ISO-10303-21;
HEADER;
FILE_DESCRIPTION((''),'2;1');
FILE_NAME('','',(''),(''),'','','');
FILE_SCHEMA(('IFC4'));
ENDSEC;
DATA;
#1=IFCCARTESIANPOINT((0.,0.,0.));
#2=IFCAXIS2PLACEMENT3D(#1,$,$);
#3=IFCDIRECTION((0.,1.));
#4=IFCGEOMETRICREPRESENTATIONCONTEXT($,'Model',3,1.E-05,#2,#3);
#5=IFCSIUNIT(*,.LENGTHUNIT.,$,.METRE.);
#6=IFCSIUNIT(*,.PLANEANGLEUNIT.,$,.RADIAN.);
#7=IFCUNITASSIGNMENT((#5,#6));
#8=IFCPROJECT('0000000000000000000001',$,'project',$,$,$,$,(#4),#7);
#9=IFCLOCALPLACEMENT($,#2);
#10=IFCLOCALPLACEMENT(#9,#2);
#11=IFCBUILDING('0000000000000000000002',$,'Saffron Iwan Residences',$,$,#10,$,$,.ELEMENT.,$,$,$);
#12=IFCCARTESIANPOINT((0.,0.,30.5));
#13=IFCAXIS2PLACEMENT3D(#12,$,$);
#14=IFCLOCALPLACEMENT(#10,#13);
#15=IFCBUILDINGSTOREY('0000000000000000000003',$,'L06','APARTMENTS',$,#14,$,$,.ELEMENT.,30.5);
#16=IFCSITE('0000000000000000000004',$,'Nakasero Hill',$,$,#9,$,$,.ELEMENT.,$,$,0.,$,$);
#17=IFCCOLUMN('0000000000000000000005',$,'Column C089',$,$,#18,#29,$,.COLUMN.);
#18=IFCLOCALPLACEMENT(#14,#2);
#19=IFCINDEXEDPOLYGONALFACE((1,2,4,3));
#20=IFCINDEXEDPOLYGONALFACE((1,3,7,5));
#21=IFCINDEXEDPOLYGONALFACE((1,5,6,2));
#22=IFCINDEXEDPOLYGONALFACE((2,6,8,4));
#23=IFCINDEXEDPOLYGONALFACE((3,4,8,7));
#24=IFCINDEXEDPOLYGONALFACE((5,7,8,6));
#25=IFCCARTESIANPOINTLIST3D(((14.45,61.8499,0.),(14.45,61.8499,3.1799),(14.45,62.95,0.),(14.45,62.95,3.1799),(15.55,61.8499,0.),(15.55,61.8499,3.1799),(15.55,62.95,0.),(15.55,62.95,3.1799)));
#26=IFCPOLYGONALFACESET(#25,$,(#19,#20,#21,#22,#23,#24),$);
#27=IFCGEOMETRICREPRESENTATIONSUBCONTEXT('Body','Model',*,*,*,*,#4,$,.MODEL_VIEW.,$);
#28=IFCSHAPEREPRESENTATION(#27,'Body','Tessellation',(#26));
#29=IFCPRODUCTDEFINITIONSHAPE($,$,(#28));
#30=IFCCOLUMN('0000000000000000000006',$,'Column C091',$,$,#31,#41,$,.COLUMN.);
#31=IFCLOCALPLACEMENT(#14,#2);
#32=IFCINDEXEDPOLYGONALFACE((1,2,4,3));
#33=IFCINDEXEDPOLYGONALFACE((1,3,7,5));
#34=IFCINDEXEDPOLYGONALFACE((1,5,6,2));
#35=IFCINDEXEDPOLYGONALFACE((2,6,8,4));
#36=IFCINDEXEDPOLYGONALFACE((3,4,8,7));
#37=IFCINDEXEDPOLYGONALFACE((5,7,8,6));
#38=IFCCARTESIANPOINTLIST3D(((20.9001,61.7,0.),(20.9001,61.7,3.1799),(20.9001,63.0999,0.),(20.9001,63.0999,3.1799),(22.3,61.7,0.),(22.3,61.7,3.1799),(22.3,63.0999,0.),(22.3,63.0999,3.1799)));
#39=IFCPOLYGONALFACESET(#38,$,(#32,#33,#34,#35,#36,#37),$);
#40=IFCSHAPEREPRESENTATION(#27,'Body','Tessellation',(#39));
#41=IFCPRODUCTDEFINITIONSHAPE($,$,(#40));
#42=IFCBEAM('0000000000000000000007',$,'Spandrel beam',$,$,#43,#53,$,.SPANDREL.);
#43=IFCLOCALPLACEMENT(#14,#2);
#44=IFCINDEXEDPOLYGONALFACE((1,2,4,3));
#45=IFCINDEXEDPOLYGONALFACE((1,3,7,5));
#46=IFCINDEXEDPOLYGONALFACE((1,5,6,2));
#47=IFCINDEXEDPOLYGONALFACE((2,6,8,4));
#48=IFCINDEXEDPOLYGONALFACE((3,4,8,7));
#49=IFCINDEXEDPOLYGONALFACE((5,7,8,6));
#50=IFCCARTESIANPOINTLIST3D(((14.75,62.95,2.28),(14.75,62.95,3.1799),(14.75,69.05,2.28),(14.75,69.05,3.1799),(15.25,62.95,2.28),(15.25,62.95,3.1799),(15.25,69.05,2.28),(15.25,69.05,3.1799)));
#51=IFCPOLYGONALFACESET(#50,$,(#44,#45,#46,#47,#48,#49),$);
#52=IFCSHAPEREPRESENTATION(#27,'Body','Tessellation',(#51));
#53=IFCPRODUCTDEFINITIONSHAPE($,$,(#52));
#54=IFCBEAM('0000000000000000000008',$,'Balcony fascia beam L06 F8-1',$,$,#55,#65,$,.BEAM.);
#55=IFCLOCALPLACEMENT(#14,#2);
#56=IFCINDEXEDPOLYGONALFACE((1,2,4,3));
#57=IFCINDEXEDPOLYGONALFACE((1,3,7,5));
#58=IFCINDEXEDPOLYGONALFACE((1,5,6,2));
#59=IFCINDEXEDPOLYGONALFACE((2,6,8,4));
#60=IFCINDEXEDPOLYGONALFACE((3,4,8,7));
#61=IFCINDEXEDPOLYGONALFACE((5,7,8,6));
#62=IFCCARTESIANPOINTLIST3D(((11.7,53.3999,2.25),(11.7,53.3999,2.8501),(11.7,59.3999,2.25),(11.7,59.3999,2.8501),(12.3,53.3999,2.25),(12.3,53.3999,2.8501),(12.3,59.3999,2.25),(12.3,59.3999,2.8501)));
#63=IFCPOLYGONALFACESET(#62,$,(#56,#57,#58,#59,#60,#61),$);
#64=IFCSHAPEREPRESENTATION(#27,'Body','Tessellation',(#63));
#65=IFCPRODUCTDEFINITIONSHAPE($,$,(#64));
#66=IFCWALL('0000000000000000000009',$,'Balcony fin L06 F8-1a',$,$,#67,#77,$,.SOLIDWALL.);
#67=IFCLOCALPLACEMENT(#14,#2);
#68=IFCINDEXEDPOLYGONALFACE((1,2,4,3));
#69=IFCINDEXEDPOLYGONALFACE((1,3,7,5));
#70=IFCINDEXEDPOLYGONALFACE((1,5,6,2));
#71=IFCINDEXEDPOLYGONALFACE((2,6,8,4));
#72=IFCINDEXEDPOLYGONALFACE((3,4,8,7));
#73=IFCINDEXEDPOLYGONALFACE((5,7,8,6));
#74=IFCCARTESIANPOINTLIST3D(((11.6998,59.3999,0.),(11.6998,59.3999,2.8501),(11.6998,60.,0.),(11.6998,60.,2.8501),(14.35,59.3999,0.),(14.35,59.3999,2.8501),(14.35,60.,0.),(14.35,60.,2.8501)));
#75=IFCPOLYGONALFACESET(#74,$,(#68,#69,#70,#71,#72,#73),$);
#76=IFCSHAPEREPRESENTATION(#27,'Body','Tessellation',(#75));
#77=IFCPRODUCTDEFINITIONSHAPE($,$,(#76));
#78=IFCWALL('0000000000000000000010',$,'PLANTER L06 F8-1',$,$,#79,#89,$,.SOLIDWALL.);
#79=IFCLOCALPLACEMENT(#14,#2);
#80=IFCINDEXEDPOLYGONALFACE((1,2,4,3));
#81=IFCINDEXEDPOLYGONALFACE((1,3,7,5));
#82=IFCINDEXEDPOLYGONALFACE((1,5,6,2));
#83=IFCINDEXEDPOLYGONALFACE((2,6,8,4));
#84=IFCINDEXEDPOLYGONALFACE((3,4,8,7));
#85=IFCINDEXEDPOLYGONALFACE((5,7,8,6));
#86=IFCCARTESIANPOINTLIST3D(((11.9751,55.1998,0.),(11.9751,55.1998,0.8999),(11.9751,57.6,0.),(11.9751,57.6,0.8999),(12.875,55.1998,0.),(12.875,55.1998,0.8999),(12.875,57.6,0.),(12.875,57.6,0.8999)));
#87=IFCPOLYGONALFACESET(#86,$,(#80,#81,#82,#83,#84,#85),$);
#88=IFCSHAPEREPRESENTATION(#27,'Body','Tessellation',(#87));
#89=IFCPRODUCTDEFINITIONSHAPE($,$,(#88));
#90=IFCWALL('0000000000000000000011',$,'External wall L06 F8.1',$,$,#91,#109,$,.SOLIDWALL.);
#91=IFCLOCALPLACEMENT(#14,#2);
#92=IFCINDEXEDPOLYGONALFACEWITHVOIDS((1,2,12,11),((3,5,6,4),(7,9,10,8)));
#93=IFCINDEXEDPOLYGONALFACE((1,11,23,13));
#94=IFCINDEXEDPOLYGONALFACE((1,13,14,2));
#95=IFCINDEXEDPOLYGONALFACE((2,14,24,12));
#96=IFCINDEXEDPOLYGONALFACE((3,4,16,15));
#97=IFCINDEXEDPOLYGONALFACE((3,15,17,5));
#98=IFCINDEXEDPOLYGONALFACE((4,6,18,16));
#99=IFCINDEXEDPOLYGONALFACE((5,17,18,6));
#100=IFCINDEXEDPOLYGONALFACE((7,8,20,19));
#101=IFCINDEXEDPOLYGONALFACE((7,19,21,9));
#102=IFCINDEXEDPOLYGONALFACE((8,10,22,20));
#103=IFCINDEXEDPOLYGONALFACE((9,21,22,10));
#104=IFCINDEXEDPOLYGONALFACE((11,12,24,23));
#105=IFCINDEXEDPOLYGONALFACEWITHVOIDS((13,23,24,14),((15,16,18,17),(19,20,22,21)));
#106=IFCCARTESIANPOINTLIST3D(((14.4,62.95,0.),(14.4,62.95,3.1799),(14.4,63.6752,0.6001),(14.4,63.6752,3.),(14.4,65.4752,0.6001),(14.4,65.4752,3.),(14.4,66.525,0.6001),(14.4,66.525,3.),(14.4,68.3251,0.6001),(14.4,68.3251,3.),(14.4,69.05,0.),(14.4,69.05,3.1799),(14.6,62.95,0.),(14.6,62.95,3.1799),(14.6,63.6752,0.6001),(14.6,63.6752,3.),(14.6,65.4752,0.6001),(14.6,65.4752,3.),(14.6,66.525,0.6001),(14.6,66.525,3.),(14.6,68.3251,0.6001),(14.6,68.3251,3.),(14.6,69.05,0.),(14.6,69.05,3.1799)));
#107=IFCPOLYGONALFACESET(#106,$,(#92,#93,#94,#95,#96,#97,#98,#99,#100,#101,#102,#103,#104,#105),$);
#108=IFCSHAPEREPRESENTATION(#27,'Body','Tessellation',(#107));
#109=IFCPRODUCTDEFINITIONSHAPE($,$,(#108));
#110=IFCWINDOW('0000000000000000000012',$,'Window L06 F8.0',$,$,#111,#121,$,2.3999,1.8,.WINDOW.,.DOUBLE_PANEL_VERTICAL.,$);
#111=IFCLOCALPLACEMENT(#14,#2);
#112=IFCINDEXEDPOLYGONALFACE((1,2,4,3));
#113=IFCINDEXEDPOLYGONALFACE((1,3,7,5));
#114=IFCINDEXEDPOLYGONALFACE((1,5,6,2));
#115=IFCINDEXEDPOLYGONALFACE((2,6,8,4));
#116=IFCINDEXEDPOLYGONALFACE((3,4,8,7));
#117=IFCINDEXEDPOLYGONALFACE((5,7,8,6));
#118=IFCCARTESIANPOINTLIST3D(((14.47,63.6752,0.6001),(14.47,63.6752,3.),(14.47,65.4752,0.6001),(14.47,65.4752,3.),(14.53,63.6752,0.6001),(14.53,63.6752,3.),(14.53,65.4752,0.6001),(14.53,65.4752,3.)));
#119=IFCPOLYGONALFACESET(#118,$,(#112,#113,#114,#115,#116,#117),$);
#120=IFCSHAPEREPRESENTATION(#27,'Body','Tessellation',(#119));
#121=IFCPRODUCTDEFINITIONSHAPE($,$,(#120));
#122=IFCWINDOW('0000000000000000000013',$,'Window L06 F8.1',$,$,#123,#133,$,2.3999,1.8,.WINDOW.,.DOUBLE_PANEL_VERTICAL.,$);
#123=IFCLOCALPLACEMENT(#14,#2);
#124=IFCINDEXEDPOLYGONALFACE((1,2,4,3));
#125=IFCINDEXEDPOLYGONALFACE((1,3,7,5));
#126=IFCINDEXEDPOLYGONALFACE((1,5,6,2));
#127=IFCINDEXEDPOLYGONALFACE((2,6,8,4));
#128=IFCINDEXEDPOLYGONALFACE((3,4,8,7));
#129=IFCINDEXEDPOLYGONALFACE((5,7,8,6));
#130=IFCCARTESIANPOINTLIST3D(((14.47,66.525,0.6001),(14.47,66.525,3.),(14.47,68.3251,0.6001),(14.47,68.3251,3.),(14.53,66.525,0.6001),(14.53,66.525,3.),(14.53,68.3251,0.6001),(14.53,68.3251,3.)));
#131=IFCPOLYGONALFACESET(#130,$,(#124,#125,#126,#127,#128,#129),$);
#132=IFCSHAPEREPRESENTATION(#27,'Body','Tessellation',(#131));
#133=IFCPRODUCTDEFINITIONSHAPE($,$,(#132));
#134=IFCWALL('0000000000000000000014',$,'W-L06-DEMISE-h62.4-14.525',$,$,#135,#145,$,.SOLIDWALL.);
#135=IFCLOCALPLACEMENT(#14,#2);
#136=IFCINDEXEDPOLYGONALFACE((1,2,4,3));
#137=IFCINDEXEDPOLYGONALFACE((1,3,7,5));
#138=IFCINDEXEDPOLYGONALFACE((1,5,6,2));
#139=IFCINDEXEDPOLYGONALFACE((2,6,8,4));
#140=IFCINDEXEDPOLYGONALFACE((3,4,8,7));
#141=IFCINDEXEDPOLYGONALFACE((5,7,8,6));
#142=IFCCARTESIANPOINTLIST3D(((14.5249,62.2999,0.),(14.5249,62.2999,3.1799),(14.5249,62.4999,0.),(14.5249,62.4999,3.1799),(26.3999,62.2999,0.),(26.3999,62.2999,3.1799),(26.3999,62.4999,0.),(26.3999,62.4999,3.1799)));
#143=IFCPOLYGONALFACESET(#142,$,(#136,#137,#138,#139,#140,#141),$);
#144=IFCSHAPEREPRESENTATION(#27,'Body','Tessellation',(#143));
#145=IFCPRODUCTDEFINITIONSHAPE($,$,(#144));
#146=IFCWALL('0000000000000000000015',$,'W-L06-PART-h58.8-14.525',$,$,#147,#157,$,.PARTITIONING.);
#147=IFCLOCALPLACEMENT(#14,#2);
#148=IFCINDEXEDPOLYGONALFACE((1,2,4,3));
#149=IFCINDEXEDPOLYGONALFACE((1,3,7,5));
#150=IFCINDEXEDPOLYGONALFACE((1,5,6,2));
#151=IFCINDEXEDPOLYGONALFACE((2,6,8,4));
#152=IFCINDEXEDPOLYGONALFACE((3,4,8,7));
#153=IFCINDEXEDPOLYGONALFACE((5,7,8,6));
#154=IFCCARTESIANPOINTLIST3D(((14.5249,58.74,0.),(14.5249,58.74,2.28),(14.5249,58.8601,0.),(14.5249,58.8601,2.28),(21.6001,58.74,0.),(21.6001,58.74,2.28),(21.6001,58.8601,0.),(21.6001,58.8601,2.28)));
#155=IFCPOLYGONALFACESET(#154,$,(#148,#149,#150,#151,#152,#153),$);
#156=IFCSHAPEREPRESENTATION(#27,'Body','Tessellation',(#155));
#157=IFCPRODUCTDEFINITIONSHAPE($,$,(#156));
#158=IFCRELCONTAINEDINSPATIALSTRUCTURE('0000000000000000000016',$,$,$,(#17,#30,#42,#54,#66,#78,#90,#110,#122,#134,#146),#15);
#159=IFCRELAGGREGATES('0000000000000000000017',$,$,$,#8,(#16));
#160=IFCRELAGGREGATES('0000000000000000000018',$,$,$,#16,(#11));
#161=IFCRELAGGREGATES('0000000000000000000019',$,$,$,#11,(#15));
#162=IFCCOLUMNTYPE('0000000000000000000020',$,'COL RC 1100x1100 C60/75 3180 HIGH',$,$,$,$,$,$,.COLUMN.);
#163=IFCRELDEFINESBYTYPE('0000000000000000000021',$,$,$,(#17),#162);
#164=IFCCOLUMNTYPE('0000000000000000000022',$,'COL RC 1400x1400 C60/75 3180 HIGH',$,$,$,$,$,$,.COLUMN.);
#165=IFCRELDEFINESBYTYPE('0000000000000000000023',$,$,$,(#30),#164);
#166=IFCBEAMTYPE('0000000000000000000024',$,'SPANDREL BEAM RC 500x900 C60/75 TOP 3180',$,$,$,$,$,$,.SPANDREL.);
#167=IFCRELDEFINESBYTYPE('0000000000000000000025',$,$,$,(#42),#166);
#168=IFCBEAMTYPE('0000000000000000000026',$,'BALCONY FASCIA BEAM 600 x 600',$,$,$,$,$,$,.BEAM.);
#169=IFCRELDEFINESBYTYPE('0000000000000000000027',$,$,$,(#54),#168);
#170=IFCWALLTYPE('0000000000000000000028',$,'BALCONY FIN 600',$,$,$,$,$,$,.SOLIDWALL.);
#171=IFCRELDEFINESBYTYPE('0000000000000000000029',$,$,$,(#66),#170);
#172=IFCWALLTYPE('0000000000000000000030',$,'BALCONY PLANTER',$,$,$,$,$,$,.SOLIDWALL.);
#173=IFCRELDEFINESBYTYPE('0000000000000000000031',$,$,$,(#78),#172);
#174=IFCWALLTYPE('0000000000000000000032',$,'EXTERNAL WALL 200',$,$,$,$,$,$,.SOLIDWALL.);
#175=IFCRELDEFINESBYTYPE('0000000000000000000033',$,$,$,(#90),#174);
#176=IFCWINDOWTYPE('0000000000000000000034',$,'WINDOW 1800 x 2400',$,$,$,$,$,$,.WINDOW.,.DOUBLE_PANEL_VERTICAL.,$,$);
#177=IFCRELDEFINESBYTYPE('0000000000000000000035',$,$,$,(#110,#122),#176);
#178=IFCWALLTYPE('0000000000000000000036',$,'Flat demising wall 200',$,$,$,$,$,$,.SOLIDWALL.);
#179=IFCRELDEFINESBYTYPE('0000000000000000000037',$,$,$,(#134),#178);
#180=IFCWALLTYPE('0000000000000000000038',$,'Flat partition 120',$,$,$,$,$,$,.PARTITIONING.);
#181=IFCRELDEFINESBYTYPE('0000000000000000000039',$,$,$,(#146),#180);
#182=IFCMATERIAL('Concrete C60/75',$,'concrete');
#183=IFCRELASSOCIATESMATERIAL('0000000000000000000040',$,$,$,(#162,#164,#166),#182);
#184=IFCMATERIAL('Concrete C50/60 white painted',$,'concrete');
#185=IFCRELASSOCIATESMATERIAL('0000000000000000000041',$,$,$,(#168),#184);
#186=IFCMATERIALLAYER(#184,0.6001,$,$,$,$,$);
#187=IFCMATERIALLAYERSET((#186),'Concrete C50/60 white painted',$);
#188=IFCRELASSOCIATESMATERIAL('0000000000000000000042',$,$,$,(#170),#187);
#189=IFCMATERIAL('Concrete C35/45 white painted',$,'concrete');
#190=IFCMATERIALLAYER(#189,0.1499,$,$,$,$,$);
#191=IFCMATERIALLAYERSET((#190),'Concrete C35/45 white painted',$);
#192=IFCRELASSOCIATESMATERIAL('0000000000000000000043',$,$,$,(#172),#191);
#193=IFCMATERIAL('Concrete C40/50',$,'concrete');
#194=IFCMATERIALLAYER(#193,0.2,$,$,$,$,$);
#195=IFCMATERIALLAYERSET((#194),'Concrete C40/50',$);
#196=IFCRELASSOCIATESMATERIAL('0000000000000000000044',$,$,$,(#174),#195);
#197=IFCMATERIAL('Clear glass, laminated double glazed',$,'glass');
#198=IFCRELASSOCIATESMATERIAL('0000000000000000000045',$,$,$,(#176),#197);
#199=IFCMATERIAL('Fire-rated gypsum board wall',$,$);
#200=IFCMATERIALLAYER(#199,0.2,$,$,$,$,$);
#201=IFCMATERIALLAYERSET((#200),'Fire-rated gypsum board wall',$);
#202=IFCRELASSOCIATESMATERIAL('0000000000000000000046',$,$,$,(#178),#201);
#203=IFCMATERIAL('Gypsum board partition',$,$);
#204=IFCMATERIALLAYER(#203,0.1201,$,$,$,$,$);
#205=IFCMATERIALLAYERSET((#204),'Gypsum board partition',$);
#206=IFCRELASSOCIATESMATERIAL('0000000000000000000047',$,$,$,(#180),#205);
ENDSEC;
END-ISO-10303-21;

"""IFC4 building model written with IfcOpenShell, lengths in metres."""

from ifc_helpers import new_model, si_unit, direction, frame, frame_2d, origin, origin_2d, place, context, subcontext, project, spatial, rectangle, extrude, source, transform, mapped, material, layer, layer_set, material_profile, profile_set, type_object, element, fill, save


model = new_model("IFC4")

# Units and contexts
model_context = context("Model", 3, precision=1e-05, world=origin(), true_north=direction((0.0, 1.0)))
body_context = subcontext(model_context, "Body", "Model", "MODEL_VIEW")
ifc_project = project(units=[si_unit("LENGTHUNIT", "METRE"), si_unit("PLANEANGLEUNIT", "RADIAN")], contexts=[model_context])

# Site, building, storey
site_placement = place(None, origin())
site = spatial("IfcSite", under=ifc_project, at=site_placement, Name="Nakasero Hill", CompositionType="ELEMENT", RefElevation=0.0)
building_placement = place(site_placement, origin())
building = spatial("IfcBuilding", under=site, at=building_placement, Name="Saffron Iwan Residences", CompositionType="ELEMENT")
storey_placement = place(building_placement, frame((0.0, 0.0, 30.5)))
storey = spatial("IfcBuildingStorey", under=building, at=storey_placement, Name="L06", Description="APARTMENTS", CompositionType="ELEMENT", Elevation=30.5)

# Columns
ifc_material_1 = material(Name="Concrete C60/75", Category="concrete")
ifc_material_profile_1 = material_profile(ifc_material_1, rectangle(XDim=1.1001, YDim=1.1001, at=origin_2d()), Name="RC 1100x1100")
ifc_profile_set_1 = profile_set([ifc_material_profile_1], Name="Concrete C60/75")
column_type_1 = type_object("IfcColumnType", Name="COL RC 1100x1100 C60/75 3180 HIGH", PredefinedType="COLUMN", material=ifc_profile_set_1)
shared_shape_1 = source(origin(), body_context, "Body", "SweptSolid", [
    extrude(rectangle(XDim=1.1001, YDim=1.1001, at=origin_2d()), origin(), (0.0, 0.0, 1.0), 3.1799),
])
column_1_placement = place(storey_placement, frame((15.0, 62.3999, 0.0), z_axis=(0.0, 0.0, 1.0), x_axis=(1.0, 0.0, 0.0)))
element("IfcColumn", 1, at=column_1_placement, inside=storey, type_object=column_type_1, Name="Column C089", PredefinedType="COLUMN", context=body_context, shape_type="MappedRepresentation", body=[
    mapped(shared_shape_1, transform((0.0, 0.0, 0.0))),
])
ifc_material_profile_2 = material_profile(ifc_material_1, rectangle(XDim=1.3999, YDim=1.3999, at=origin_2d()), Name="RC 1400x1400")
ifc_profile_set_2 = profile_set([ifc_material_profile_2], Name="Concrete C60/75")
column_type_2 = type_object("IfcColumnType", Name="COL RC 1400x1400 C60/75 3180 HIGH", PredefinedType="COLUMN", material=ifc_profile_set_2)
shared_shape_2 = source(origin(), body_context, "Body", "SweptSolid", [
    extrude(rectangle(XDim=1.3999, YDim=1.3999, at=origin_2d()), origin(), (0.0, 0.0, 1.0), 3.1799),
])
column_2_placement = place(storey_placement, frame((21.6001, 62.3999, 0.0), z_axis=(0.0, 0.0, 1.0), x_axis=(1.0, 0.0, 0.0)))
element("IfcColumn", 2, at=column_2_placement, inside=storey, type_object=column_type_2, Name="Column C091", PredefinedType="COLUMN", context=body_context, shape_type="MappedRepresentation", body=[
    mapped(shared_shape_2, transform((0.0, 0.0, 0.0))),
])

# Beams
ifc_material_profile_3 = material_profile(ifc_material_1, rectangle(XDim=0.5, YDim=0.8999, at=origin_2d()), Name="RC 500x900")
ifc_profile_set_3 = profile_set([ifc_material_profile_3], Name="Concrete C60/75")
beam_type_1 = type_object("IfcBeamType", Name="SPANDREL BEAM RC 500x900 C60/75 TOP 3180", PredefinedType="SPANDREL", material=ifc_profile_set_3)
shared_shape_3 = source(origin(), body_context, "Body", "SweptSolid", [
    extrude(rectangle(XDim=0.5, YDim=0.8999, at=origin_2d()), origin(), (0.0, 0.0, 1.0), 6.1001),
])
beam_1_placement = place(storey_placement, frame((15.0, 62.95, 2.73), z_axis=(0.0, 1.0, 0.0), x_axis=(-1.0, 0.0, 0.0)))
element("IfcBeam", 3, at=beam_1_placement, inside=storey, type_object=beam_type_1, Name="Spandrel beam", PredefinedType="SPANDREL", context=body_context, shape_type="MappedRepresentation", body=[
    mapped(shared_shape_3, transform((0.0, 0.0, 0.0))),
])
ifc_material_2 = material(Name="Concrete C50/60 white painted", Category="concrete")
ifc_material_profile_4 = material_profile(ifc_material_2, rectangle(XDim=0.6001, YDim=0.6001, at=origin_2d()), Name="BALCONY FASCIA BEAM 600 x 600")
ifc_profile_set_4 = profile_set([ifc_material_profile_4], Name="Concrete C50/60 white painted")
beam_type_2 = type_object("IfcBeamType", Name="BALCONY FASCIA BEAM 600 x 600", PredefinedType="BEAM", material=ifc_profile_set_4)
shared_shape_4 = source(origin(), body_context, "Body", "SweptSolid", [
    extrude(rectangle(XDim=0.6001, YDim=0.6001, at=origin_2d()), origin(), (0.0, 0.0, 1.0), 6.0),
])
beam_2_placement = place(storey_placement, frame((12.0, 59.3999, 2.55), z_axis=(0.0, -1.0, 0.0), x_axis=(1.0, 0.0, 0.0)))
element("IfcBeam", 4, at=beam_2_placement, inside=storey, type_object=beam_type_2, Name="Balcony fascia beam L06 F8-1", PredefinedType="BEAM", context=body_context, shape_type="MappedRepresentation", body=[
    mapped(shared_shape_4, transform((0.0, 0.0, 0.0))),
])

# Walls
ifc_layer_1 = layer(ifc_material_2, 0.6001)
ifc_layer_set_1 = layer_set([ifc_layer_1], Name="Concrete C50/60 white painted")
wall_type_1 = type_object("IfcWallType", Name="BALCONY FIN 600", PredefinedType="SOLIDWALL", material=ifc_layer_set_1)
wall_1_placement = place(storey_placement, frame((14.3501, 59.7, 0.0), z_axis=(0.0, 0.0, 1.0), x_axis=(-1.0, 0.0, 0.0)))
element("IfcWall", 5, at=wall_1_placement, inside=storey, type_object=wall_type_1, Name="Balcony fin L06 F8-1a", PredefinedType="SOLIDWALL", context=body_context, shape_type="SweptSolid", body=[
    extrude(rectangle(XDim=2.6501, YDim=0.6001, at=frame_2d((1.3252, 0.0))), origin(), (0.0, 0.0, 1.0), 2.8501),
])
ifc_material_3 = material(Name="Concrete C35/45 white painted", Category="concrete")
ifc_layer_2 = layer(ifc_material_3, 0.1499)
ifc_layer_set_2 = layer_set([ifc_layer_2], Name="Concrete C35/45 white painted")
wall_type_2 = type_object("IfcWallType", Name="BALCONY PLANTER", PredefinedType="SOLIDWALL", material=ifc_layer_set_2)
wall_2_placement = place(storey_placement, frame((12.425, 57.6001, 0.0), z_axis=(0.0, 0.0, 1.0), x_axis=(0.0, -1.0, 0.0)))
element("IfcWall", 6, at=wall_2_placement, inside=storey, type_object=wall_type_2, Name="PLANTER L06 F8-1", PredefinedType="SOLIDWALL", context=body_context, shape_type="SweptSolid", body=[
    extrude(rectangle(XDim=2.4001, YDim=0.8999, at=frame_2d((1.2002, 0.0))), origin(), (0.0, 0.0, 1.0), 0.8999),
])

# Wall, openings, windows
ifc_material_4 = material(Name="Concrete C40/50", Category="concrete")
ifc_layer_3 = layer(ifc_material_4, 0.2)
ifc_layer_set_3 = layer_set([ifc_layer_3], Name="Concrete C40/50")
wall_type_3 = type_object("IfcWallType", Name="EXTERNAL WALL 200", PredefinedType="SOLIDWALL", material=ifc_layer_set_3)
wall_3_placement = place(storey_placement, frame((14.5, 69.05, 0.0), z_axis=(0.0, 0.0, 1.0), x_axis=(0.0, -1.0, 0.0)))
wall_3 = element("IfcWall", 7, at=wall_3_placement, inside=storey, type_object=wall_type_3, Name="External wall L06 F8.1", PredefinedType="SOLIDWALL", context=body_context, shape_type="SweptSolid", body=[
    extrude(rectangle(XDim=6.1001, YDim=0.2, at=frame_2d((3.05, 0.0))), origin(), (0.0, 0.0, 1.0), 3.1799),
])
opening_1_placement = place(wall_3_placement, frame((3.575, 0.0, 0.6001)))
opening_1 = element("IfcOpeningElement", 8, at=opening_1_placement, cuts=wall_3, PredefinedType="OPENING", context=body_context, shape_type="SweptSolid", body=[
    extrude(rectangle(XDim=1.8, YDim=2.3999, at=frame_2d((0.8999, 1.2))), frame((0.0, 0.1099, 0.0), z_axis=(0.0, -1.0, 0.0), x_axis=(1.0, 0.0, 0.0)), (0.0, 0.0, 1.0), 0.22),
])
opening_2_placement = place(wall_3_placement, frame((0.7251, 0.0, 0.6001)))
opening_2 = element("IfcOpeningElement", 9, at=opening_2_placement, cuts=wall_3, PredefinedType="OPENING", context=body_context, shape_type="SweptSolid", body=[
    extrude(rectangle(XDim=1.8, YDim=2.3999, at=frame_2d((0.8999, 1.2))), frame((0.0, 0.1099, 0.0), z_axis=(0.0, -1.0, 0.0), x_axis=(1.0, 0.0, 0.0)), (0.0, 0.0, 1.0), 0.22),
])
ifc_material_5 = material(Name="Clear glass, laminated double glazed", Category="glass")
window_type_1 = type_object("IfcWindowType", Name="WINDOW 1800 x 2400", PartitioningType="DOUBLE_PANEL_VERTICAL", PredefinedType="WINDOW", material=ifc_material_5)
window_1_placement = place(opening_1_placement, origin())
window_1 = element("IfcWindow", 10, at=window_1_placement, inside=storey, type_object=window_type_1, Name="Window L06 F8.0", OverallHeight=2.3999, OverallWidth=1.8, PartitioningType="DOUBLE_PANEL_VERTICAL", PredefinedType="WINDOW", context=body_context, shape_type="SweptSolid", body=[
    extrude(rectangle(XDim=1.8, YDim=2.3999, at=frame_2d((0.8999, 1.2))), frame((0.0, 0.03, 0.0), z_axis=(0.0, -1.0, 0.0), x_axis=(1.0, 0.0, 0.0)), (0.0, 0.0, 1.0), 0.0601),
])
fill(opening_1, window_1)
window_2_placement = place(opening_2_placement, origin())
window_2 = element("IfcWindow", 11, at=window_2_placement, inside=storey, type_object=window_type_1, Name="Window L06 F8.1", OverallHeight=2.3999, OverallWidth=1.8, PartitioningType="DOUBLE_PANEL_VERTICAL", PredefinedType="WINDOW", context=body_context, shape_type="SweptSolid", body=[
    extrude(rectangle(XDim=1.8, YDim=2.3999, at=frame_2d((0.8999, 1.2))), frame((0.0, 0.03, 0.0), z_axis=(0.0, -1.0, 0.0), x_axis=(1.0, 0.0, 0.0)), (0.0, 0.0, 1.0), 0.0601),
])
fill(opening_2, window_2)

# Walls
ifc_material_6 = material(Name="Fire-rated gypsum board wall")
ifc_layer_4 = layer(ifc_material_6, 0.2)
ifc_layer_set_4 = layer_set([ifc_layer_4], Name="Fire-rated gypsum board wall")
wall_type_4 = type_object("IfcWallType", Name="Flat demising wall 200", PredefinedType="SOLIDWALL", material=ifc_layer_set_4)
wall_4_placement = place(storey_placement, frame((14.5249, 62.3999, 0.0), z_axis=(0.0, 0.0, 1.0), x_axis=(1.0, 0.0, 0.0)))
element("IfcWall", 12, at=wall_4_placement, inside=storey, type_object=wall_type_4, Name="W-L06-DEMISE-h62.4-14.525", PredefinedType="SOLIDWALL", context=body_context, shape_type="SweptSolid", body=[
    extrude(rectangle(XDim=11.875, YDim=0.2, at=frame_2d((5.9375, 0.0))), origin(), (0.0, 0.0, 1.0), 3.1799),
])
ifc_material_7 = material(Name="Gypsum board partition")
ifc_layer_5 = layer(ifc_material_7, 0.1201)
ifc_layer_set_5 = layer_set([ifc_layer_5], Name="Gypsum board partition")
wall_type_5 = type_object("IfcWallType", Name="Flat partition 120", PredefinedType="PARTITIONING", material=ifc_layer_set_5)
for number, where, z_axis, x_axis, name in (
    (13, (14.5249, 58.8, 0.0), (0.0, 0.0, 1.0), (1.0, 0.0, 0.0), "W-L06-PART-h58.8-14.525"),
):
    element("IfcWall", number, at=place(storey_placement, frame(where, z_axis=z_axis, x_axis=x_axis)), inside=storey, type_object=wall_type_5, Name=name, PredefinedType="PARTITIONING", context=body_context, shape_type="SweptSolid", body=[
        extrude(rectangle(XDim=7.0752, YDim=0.1201, at=frame_2d((3.5376, 0.0))), origin(), (0.0, 0.0, 1.0), 2.28),
    ])

save(model, "model.ifc")
